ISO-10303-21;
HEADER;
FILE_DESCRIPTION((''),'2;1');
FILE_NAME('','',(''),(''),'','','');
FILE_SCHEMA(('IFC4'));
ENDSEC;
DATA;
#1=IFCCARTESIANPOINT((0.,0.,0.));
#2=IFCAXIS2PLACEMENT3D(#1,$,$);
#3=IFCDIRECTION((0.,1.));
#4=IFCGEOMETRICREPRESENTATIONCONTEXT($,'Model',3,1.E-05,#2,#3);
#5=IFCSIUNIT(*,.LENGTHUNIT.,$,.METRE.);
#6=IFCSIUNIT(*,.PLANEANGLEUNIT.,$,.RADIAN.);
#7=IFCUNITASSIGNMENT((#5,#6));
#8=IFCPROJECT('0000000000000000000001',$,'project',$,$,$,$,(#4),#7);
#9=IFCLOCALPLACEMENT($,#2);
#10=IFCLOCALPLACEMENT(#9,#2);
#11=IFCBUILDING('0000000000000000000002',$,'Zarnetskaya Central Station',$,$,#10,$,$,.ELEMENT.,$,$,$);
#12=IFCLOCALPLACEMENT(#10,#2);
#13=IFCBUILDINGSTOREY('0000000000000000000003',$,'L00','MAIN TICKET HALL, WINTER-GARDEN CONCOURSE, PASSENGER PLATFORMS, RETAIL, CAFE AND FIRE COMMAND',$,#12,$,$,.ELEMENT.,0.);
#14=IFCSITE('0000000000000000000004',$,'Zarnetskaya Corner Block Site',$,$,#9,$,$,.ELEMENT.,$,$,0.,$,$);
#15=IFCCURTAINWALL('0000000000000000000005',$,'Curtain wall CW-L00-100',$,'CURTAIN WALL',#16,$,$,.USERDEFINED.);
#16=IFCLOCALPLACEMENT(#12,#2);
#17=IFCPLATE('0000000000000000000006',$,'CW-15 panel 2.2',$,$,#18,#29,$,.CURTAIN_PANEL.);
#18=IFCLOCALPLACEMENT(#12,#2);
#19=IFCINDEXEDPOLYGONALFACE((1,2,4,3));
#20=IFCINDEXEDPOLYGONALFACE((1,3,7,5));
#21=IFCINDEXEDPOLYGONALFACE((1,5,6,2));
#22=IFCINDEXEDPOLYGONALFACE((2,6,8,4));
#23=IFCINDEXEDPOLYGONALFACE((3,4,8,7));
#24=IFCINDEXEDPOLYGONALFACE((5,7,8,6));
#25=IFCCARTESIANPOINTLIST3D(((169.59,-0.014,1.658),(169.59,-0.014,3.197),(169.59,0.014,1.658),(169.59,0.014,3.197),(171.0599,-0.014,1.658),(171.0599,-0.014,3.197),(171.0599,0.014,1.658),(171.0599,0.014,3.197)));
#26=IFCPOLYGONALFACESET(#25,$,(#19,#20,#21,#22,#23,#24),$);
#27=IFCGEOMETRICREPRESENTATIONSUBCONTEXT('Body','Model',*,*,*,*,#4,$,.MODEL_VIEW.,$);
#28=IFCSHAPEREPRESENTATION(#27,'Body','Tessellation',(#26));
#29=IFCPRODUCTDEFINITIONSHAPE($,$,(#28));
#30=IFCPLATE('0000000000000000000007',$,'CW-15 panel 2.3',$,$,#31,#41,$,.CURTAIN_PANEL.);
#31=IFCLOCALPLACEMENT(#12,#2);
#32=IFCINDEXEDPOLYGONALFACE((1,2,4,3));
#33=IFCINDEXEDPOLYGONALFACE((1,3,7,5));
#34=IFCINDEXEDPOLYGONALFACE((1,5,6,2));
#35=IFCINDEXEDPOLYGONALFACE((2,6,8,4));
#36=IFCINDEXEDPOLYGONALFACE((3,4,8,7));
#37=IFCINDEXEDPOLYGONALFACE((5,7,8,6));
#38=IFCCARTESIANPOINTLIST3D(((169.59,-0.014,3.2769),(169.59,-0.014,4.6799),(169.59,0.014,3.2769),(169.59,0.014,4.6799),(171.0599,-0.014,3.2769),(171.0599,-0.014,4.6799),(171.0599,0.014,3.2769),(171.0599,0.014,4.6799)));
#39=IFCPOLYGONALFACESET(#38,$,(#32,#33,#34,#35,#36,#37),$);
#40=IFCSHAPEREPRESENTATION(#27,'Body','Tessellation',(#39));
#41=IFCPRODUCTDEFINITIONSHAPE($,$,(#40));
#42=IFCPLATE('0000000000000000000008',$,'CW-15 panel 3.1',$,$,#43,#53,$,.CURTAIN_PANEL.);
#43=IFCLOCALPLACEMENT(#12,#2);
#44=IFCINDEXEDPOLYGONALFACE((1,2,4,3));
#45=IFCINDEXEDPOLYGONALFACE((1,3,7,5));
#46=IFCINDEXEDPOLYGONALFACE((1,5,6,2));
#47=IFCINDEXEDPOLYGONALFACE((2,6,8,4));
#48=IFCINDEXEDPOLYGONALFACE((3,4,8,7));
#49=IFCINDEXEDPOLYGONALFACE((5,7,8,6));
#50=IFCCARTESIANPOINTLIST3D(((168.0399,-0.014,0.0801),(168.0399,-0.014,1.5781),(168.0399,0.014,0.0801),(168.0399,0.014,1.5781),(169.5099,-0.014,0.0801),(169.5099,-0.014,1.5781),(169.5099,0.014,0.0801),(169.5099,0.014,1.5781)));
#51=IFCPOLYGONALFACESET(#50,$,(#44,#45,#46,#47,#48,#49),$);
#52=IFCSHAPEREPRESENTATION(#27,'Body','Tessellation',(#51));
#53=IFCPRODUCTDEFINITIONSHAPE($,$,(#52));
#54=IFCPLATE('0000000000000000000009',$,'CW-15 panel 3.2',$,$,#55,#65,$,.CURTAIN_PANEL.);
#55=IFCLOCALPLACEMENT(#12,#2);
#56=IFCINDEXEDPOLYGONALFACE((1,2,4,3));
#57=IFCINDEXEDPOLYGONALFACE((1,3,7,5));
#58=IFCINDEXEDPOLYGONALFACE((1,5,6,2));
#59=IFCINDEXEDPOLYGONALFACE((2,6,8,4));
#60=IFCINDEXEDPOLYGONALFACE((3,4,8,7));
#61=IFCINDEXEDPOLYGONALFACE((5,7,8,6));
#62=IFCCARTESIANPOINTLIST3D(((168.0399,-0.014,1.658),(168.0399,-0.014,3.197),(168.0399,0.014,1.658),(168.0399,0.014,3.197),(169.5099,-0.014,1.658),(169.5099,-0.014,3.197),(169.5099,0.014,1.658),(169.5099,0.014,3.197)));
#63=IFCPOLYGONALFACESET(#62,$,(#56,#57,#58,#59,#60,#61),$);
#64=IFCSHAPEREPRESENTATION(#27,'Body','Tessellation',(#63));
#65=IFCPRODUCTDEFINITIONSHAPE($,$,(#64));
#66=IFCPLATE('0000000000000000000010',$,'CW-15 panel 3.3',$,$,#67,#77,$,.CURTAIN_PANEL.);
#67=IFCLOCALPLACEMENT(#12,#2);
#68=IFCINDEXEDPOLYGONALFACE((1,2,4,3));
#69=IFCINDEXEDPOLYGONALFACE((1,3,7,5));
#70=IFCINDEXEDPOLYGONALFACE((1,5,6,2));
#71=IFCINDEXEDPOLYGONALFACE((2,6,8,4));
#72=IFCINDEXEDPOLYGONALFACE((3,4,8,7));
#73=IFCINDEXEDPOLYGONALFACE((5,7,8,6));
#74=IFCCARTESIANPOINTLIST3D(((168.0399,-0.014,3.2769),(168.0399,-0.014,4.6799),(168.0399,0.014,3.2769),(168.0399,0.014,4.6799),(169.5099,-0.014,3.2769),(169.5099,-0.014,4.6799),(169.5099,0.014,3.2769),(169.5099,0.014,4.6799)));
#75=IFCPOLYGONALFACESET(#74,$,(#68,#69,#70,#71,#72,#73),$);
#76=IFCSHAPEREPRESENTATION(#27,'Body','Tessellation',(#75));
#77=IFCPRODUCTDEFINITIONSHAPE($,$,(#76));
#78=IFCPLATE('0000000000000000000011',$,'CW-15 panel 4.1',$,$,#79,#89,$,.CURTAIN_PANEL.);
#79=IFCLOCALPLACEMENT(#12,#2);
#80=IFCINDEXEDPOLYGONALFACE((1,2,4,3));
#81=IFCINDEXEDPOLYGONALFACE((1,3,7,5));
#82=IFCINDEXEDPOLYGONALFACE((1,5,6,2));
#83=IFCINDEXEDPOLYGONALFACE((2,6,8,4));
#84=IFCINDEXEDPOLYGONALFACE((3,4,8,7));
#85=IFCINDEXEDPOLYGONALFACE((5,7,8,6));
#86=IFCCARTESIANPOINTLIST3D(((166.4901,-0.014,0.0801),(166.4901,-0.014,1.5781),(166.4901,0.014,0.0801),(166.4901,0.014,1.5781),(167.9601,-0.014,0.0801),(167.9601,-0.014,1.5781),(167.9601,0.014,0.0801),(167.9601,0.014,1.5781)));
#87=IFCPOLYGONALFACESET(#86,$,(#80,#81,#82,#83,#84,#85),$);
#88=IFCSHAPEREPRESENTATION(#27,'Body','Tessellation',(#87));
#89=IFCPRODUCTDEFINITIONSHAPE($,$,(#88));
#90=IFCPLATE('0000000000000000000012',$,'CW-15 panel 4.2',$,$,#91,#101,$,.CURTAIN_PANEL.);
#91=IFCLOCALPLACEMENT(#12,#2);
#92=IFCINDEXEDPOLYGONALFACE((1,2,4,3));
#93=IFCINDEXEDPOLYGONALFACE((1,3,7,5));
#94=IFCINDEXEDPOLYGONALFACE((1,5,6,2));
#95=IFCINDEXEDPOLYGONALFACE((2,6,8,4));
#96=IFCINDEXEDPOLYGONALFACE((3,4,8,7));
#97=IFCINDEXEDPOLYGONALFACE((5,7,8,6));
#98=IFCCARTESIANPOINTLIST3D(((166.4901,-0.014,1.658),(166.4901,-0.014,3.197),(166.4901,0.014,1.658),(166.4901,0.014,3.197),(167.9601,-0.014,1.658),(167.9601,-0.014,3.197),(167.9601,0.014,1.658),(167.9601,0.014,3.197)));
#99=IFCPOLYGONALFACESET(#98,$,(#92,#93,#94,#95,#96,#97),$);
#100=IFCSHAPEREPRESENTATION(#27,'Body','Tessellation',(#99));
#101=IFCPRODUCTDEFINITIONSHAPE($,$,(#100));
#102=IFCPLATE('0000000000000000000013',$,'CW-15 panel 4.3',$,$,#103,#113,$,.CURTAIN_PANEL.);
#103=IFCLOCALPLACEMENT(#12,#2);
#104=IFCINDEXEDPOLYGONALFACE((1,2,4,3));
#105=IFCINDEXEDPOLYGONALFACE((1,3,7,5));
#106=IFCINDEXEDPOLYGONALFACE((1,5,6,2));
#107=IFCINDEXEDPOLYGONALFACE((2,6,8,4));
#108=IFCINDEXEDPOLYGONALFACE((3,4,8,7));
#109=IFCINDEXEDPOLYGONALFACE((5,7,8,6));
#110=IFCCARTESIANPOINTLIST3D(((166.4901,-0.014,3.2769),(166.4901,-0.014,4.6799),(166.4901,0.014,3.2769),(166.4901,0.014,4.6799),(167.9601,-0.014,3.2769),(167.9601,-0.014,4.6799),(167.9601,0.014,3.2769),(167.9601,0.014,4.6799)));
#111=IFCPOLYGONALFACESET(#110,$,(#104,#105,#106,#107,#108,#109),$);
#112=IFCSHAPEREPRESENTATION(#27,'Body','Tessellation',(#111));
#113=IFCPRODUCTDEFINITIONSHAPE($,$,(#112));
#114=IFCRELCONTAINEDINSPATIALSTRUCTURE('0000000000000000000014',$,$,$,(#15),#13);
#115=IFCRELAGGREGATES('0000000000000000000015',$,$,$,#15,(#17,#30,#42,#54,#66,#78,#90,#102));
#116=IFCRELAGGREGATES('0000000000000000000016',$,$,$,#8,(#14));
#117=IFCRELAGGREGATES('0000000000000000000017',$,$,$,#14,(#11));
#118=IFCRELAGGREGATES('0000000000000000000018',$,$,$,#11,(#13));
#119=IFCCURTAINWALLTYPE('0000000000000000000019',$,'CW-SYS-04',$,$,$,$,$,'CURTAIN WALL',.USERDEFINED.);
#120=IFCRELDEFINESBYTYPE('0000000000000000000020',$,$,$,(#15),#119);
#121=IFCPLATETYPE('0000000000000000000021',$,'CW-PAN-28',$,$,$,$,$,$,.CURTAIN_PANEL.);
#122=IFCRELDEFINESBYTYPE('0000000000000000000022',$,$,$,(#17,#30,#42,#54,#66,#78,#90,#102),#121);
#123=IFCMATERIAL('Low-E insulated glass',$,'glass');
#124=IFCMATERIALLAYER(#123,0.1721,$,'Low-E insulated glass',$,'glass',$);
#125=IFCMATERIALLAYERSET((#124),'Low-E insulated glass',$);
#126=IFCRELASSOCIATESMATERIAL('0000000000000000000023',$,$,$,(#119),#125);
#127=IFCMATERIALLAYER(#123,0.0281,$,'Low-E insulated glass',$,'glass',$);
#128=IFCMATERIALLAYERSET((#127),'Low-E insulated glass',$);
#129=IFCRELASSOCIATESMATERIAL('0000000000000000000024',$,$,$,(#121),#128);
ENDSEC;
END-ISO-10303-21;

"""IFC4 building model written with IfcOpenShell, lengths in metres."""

from ifc_helpers import new_model, si_unit, direction, frame, origin, origin_2d, place, context, subcontext, project, spatial, rectangle, extrude, material, layer, layer_set, type_object, element, aggregate, save


model = new_model("IFC4")

# Units and contexts
model_context = context("Model", 3, precision=1e-05, world=origin(), true_north=direction((0.0, 1.0)))
body_context = subcontext(model_context, "Body", "Model", "MODEL_VIEW")
ifc_project = project(units=[si_unit("LENGTHUNIT", "METRE"), si_unit("PLANEANGLEUNIT", "RADIAN")], contexts=[model_context])

# Site, building, storey
site_placement = place(None, origin())
site = spatial("IfcSite", under=ifc_project, at=site_placement, Name="Zarnetskaya Corner Block Site", CompositionType="ELEMENT", RefElevation=0.0)
building_placement = place(site_placement, origin())
building = spatial("IfcBuilding", under=site, at=building_placement, Name="Zarnetskaya Central Station", CompositionType="ELEMENT")
storey_placement = place(building_placement, origin())
storey = spatial("IfcBuildingStorey", under=building, at=storey_placement, Name="L00", Description="MAIN TICKET HALL, WINTER-GARDEN CONCOURSE, PASSENGER PLATFORMS, RETAIL, CAFE AND FIRE COMMAND", CompositionType="ELEMENT", Elevation=0.0)

# Curtain wall, plates
ifc_material_1 = material(Name="Low-E insulated glass", Category="glass")
ifc_layer_1 = layer(ifc_material_1, 0.1721, Name="Low-E insulated glass", Category="glass")
ifc_layer_set_1 = layer_set([ifc_layer_1], Name="Low-E insulated glass")
curtain_wall_type = type_object("IfcCurtainWallType", Name="CW-SYS-04", ElementType="CURTAIN WALL", PredefinedType="USERDEFINED", material=ifc_layer_set_1)
curtain_wall_placement = place(storey_placement, origin())
curtain_wall = element("IfcCurtainWall", 1, at=curtain_wall_placement, inside=storey, type_object=curtain_wall_type, Name="Curtain wall CW-L00-100", ObjectType="CURTAIN WALL", PredefinedType="USERDEFINED")
ifc_layer_2 = layer(ifc_material_1, 0.0281, Name="Low-E insulated glass", Category="glass")
ifc_layer_set_2 = layer_set([ifc_layer_2], Name="Low-E insulated glass")
plate_type = type_object("IfcPlateType", Name="CW-PAN-28", PredefinedType="CURTAIN_PANEL", material=ifc_layer_set_2)
plate_1_placement = place(storey_placement, frame((170.325, 0.0, 1.658), z_axis=(0.0, 0.0, 1.0), x_axis=(-1.0, 0.0, 0.0)))
plate_1 = element("IfcPlate", 2, at=plate_1_placement, type_object=plate_type, Name="CW-15 panel 2.2", PredefinedType="CURTAIN_PANEL", context=body_context, shape_type="SweptSolid", body=[
    extrude(rectangle(XDim=1.47, YDim=0.0281, at=origin_2d()), origin(), (0.0, 0.0, 1.0), 1.5391),
])
plate_2_placement = place(storey_placement, frame((170.325, 0.0, 3.2769), z_axis=(0.0, 0.0, 1.0), x_axis=(-1.0, 0.0, 0.0)))
plate_2 = element("IfcPlate", 3, at=plate_2_placement, type_object=plate_type, Name="CW-15 panel 2.3", PredefinedType="CURTAIN_PANEL", context=body_context, shape_type="SweptSolid", body=[
    extrude(rectangle(XDim=1.47, YDim=0.0281, at=origin_2d()), origin(), (0.0, 0.0, 1.0), 1.4031),
])
plate_3_placement = place(storey_placement, frame((168.7749, 0.0, 0.0801), z_axis=(0.0, 0.0, 1.0), x_axis=(-1.0, 0.0, 0.0)))
plate_3 = element("IfcPlate", 4, at=plate_3_placement, type_object=plate_type, Name="CW-15 panel 3.1", PredefinedType="CURTAIN_PANEL", context=body_context, shape_type="SweptSolid", body=[
    extrude(rectangle(XDim=1.47, YDim=0.0281, at=origin_2d()), origin(), (0.0, 0.0, 1.0), 1.498),
])
plate_4_placement = place(storey_placement, frame((168.7749, 0.0, 1.658), z_axis=(0.0, 0.0, 1.0), x_axis=(-1.0, 0.0, 0.0)))
plate_4 = element("IfcPlate", 5, at=plate_4_placement, type_object=plate_type, Name="CW-15 panel 3.2", PredefinedType="CURTAIN_PANEL", context=body_context, shape_type="SweptSolid", body=[
    extrude(rectangle(XDim=1.47, YDim=0.0281, at=origin_2d()), origin(), (0.0, 0.0, 1.0), 1.5391),
])
plate_5_placement = place(storey_placement, frame((168.7749, 0.0, 3.2769), z_axis=(0.0, 0.0, 1.0), x_axis=(-1.0, 0.0, 0.0)))
plate_5 = element("IfcPlate", 6, at=plate_5_placement, type_object=plate_type, Name="CW-15 panel 3.3", PredefinedType="CURTAIN_PANEL", context=body_context, shape_type="SweptSolid", body=[
    extrude(rectangle(XDim=1.47, YDim=0.0281, at=origin_2d()), origin(), (0.0, 0.0, 1.0), 1.4031),
])
plate_6_placement = place(storey_placement, frame((167.2251, 0.0, 0.0801), z_axis=(0.0, 0.0, 1.0), x_axis=(-1.0, 0.0, 0.0)))
plate_6 = element("IfcPlate", 7, at=plate_6_placement, type_object=plate_type, Name="CW-15 panel 4.1", PredefinedType="CURTAIN_PANEL", context=body_context, shape_type="SweptSolid", body=[
    extrude(rectangle(XDim=1.47, YDim=0.0281, at=origin_2d()), origin(), (0.0, 0.0, 1.0), 1.498),
])
plate_7_placement = place(storey_placement, frame((167.2251, 0.0, 1.658), z_axis=(0.0, 0.0, 1.0), x_axis=(-1.0, 0.0, 0.0)))
plate_7 = element("IfcPlate", 8, at=plate_7_placement, type_object=plate_type, Name="CW-15 panel 4.2", PredefinedType="CURTAIN_PANEL", context=body_context, shape_type="SweptSolid", body=[
    extrude(rectangle(XDim=1.47, YDim=0.0281, at=origin_2d()), origin(), (0.0, 0.0, 1.0), 1.5391),
])
plate_8_placement = place(storey_placement, frame((167.2251, 0.0, 3.2769), z_axis=(0.0, 0.0, 1.0), x_axis=(-1.0, 0.0, 0.0)))
plate_8 = element("IfcPlate", 9, at=plate_8_placement, type_object=plate_type, Name="CW-15 panel 4.3", PredefinedType="CURTAIN_PANEL", context=body_context, shape_type="SweptSolid", body=[
    extrude(rectangle(XDim=1.47, YDim=0.0281, at=origin_2d()), origin(), (0.0, 0.0, 1.0), 1.4031),
])
aggregate(curtain_wall, [plate_1, plate_2, plate_3, plate_4, plate_5, plate_6, plate_7, plate_8])

save(model, "model.ifc")
